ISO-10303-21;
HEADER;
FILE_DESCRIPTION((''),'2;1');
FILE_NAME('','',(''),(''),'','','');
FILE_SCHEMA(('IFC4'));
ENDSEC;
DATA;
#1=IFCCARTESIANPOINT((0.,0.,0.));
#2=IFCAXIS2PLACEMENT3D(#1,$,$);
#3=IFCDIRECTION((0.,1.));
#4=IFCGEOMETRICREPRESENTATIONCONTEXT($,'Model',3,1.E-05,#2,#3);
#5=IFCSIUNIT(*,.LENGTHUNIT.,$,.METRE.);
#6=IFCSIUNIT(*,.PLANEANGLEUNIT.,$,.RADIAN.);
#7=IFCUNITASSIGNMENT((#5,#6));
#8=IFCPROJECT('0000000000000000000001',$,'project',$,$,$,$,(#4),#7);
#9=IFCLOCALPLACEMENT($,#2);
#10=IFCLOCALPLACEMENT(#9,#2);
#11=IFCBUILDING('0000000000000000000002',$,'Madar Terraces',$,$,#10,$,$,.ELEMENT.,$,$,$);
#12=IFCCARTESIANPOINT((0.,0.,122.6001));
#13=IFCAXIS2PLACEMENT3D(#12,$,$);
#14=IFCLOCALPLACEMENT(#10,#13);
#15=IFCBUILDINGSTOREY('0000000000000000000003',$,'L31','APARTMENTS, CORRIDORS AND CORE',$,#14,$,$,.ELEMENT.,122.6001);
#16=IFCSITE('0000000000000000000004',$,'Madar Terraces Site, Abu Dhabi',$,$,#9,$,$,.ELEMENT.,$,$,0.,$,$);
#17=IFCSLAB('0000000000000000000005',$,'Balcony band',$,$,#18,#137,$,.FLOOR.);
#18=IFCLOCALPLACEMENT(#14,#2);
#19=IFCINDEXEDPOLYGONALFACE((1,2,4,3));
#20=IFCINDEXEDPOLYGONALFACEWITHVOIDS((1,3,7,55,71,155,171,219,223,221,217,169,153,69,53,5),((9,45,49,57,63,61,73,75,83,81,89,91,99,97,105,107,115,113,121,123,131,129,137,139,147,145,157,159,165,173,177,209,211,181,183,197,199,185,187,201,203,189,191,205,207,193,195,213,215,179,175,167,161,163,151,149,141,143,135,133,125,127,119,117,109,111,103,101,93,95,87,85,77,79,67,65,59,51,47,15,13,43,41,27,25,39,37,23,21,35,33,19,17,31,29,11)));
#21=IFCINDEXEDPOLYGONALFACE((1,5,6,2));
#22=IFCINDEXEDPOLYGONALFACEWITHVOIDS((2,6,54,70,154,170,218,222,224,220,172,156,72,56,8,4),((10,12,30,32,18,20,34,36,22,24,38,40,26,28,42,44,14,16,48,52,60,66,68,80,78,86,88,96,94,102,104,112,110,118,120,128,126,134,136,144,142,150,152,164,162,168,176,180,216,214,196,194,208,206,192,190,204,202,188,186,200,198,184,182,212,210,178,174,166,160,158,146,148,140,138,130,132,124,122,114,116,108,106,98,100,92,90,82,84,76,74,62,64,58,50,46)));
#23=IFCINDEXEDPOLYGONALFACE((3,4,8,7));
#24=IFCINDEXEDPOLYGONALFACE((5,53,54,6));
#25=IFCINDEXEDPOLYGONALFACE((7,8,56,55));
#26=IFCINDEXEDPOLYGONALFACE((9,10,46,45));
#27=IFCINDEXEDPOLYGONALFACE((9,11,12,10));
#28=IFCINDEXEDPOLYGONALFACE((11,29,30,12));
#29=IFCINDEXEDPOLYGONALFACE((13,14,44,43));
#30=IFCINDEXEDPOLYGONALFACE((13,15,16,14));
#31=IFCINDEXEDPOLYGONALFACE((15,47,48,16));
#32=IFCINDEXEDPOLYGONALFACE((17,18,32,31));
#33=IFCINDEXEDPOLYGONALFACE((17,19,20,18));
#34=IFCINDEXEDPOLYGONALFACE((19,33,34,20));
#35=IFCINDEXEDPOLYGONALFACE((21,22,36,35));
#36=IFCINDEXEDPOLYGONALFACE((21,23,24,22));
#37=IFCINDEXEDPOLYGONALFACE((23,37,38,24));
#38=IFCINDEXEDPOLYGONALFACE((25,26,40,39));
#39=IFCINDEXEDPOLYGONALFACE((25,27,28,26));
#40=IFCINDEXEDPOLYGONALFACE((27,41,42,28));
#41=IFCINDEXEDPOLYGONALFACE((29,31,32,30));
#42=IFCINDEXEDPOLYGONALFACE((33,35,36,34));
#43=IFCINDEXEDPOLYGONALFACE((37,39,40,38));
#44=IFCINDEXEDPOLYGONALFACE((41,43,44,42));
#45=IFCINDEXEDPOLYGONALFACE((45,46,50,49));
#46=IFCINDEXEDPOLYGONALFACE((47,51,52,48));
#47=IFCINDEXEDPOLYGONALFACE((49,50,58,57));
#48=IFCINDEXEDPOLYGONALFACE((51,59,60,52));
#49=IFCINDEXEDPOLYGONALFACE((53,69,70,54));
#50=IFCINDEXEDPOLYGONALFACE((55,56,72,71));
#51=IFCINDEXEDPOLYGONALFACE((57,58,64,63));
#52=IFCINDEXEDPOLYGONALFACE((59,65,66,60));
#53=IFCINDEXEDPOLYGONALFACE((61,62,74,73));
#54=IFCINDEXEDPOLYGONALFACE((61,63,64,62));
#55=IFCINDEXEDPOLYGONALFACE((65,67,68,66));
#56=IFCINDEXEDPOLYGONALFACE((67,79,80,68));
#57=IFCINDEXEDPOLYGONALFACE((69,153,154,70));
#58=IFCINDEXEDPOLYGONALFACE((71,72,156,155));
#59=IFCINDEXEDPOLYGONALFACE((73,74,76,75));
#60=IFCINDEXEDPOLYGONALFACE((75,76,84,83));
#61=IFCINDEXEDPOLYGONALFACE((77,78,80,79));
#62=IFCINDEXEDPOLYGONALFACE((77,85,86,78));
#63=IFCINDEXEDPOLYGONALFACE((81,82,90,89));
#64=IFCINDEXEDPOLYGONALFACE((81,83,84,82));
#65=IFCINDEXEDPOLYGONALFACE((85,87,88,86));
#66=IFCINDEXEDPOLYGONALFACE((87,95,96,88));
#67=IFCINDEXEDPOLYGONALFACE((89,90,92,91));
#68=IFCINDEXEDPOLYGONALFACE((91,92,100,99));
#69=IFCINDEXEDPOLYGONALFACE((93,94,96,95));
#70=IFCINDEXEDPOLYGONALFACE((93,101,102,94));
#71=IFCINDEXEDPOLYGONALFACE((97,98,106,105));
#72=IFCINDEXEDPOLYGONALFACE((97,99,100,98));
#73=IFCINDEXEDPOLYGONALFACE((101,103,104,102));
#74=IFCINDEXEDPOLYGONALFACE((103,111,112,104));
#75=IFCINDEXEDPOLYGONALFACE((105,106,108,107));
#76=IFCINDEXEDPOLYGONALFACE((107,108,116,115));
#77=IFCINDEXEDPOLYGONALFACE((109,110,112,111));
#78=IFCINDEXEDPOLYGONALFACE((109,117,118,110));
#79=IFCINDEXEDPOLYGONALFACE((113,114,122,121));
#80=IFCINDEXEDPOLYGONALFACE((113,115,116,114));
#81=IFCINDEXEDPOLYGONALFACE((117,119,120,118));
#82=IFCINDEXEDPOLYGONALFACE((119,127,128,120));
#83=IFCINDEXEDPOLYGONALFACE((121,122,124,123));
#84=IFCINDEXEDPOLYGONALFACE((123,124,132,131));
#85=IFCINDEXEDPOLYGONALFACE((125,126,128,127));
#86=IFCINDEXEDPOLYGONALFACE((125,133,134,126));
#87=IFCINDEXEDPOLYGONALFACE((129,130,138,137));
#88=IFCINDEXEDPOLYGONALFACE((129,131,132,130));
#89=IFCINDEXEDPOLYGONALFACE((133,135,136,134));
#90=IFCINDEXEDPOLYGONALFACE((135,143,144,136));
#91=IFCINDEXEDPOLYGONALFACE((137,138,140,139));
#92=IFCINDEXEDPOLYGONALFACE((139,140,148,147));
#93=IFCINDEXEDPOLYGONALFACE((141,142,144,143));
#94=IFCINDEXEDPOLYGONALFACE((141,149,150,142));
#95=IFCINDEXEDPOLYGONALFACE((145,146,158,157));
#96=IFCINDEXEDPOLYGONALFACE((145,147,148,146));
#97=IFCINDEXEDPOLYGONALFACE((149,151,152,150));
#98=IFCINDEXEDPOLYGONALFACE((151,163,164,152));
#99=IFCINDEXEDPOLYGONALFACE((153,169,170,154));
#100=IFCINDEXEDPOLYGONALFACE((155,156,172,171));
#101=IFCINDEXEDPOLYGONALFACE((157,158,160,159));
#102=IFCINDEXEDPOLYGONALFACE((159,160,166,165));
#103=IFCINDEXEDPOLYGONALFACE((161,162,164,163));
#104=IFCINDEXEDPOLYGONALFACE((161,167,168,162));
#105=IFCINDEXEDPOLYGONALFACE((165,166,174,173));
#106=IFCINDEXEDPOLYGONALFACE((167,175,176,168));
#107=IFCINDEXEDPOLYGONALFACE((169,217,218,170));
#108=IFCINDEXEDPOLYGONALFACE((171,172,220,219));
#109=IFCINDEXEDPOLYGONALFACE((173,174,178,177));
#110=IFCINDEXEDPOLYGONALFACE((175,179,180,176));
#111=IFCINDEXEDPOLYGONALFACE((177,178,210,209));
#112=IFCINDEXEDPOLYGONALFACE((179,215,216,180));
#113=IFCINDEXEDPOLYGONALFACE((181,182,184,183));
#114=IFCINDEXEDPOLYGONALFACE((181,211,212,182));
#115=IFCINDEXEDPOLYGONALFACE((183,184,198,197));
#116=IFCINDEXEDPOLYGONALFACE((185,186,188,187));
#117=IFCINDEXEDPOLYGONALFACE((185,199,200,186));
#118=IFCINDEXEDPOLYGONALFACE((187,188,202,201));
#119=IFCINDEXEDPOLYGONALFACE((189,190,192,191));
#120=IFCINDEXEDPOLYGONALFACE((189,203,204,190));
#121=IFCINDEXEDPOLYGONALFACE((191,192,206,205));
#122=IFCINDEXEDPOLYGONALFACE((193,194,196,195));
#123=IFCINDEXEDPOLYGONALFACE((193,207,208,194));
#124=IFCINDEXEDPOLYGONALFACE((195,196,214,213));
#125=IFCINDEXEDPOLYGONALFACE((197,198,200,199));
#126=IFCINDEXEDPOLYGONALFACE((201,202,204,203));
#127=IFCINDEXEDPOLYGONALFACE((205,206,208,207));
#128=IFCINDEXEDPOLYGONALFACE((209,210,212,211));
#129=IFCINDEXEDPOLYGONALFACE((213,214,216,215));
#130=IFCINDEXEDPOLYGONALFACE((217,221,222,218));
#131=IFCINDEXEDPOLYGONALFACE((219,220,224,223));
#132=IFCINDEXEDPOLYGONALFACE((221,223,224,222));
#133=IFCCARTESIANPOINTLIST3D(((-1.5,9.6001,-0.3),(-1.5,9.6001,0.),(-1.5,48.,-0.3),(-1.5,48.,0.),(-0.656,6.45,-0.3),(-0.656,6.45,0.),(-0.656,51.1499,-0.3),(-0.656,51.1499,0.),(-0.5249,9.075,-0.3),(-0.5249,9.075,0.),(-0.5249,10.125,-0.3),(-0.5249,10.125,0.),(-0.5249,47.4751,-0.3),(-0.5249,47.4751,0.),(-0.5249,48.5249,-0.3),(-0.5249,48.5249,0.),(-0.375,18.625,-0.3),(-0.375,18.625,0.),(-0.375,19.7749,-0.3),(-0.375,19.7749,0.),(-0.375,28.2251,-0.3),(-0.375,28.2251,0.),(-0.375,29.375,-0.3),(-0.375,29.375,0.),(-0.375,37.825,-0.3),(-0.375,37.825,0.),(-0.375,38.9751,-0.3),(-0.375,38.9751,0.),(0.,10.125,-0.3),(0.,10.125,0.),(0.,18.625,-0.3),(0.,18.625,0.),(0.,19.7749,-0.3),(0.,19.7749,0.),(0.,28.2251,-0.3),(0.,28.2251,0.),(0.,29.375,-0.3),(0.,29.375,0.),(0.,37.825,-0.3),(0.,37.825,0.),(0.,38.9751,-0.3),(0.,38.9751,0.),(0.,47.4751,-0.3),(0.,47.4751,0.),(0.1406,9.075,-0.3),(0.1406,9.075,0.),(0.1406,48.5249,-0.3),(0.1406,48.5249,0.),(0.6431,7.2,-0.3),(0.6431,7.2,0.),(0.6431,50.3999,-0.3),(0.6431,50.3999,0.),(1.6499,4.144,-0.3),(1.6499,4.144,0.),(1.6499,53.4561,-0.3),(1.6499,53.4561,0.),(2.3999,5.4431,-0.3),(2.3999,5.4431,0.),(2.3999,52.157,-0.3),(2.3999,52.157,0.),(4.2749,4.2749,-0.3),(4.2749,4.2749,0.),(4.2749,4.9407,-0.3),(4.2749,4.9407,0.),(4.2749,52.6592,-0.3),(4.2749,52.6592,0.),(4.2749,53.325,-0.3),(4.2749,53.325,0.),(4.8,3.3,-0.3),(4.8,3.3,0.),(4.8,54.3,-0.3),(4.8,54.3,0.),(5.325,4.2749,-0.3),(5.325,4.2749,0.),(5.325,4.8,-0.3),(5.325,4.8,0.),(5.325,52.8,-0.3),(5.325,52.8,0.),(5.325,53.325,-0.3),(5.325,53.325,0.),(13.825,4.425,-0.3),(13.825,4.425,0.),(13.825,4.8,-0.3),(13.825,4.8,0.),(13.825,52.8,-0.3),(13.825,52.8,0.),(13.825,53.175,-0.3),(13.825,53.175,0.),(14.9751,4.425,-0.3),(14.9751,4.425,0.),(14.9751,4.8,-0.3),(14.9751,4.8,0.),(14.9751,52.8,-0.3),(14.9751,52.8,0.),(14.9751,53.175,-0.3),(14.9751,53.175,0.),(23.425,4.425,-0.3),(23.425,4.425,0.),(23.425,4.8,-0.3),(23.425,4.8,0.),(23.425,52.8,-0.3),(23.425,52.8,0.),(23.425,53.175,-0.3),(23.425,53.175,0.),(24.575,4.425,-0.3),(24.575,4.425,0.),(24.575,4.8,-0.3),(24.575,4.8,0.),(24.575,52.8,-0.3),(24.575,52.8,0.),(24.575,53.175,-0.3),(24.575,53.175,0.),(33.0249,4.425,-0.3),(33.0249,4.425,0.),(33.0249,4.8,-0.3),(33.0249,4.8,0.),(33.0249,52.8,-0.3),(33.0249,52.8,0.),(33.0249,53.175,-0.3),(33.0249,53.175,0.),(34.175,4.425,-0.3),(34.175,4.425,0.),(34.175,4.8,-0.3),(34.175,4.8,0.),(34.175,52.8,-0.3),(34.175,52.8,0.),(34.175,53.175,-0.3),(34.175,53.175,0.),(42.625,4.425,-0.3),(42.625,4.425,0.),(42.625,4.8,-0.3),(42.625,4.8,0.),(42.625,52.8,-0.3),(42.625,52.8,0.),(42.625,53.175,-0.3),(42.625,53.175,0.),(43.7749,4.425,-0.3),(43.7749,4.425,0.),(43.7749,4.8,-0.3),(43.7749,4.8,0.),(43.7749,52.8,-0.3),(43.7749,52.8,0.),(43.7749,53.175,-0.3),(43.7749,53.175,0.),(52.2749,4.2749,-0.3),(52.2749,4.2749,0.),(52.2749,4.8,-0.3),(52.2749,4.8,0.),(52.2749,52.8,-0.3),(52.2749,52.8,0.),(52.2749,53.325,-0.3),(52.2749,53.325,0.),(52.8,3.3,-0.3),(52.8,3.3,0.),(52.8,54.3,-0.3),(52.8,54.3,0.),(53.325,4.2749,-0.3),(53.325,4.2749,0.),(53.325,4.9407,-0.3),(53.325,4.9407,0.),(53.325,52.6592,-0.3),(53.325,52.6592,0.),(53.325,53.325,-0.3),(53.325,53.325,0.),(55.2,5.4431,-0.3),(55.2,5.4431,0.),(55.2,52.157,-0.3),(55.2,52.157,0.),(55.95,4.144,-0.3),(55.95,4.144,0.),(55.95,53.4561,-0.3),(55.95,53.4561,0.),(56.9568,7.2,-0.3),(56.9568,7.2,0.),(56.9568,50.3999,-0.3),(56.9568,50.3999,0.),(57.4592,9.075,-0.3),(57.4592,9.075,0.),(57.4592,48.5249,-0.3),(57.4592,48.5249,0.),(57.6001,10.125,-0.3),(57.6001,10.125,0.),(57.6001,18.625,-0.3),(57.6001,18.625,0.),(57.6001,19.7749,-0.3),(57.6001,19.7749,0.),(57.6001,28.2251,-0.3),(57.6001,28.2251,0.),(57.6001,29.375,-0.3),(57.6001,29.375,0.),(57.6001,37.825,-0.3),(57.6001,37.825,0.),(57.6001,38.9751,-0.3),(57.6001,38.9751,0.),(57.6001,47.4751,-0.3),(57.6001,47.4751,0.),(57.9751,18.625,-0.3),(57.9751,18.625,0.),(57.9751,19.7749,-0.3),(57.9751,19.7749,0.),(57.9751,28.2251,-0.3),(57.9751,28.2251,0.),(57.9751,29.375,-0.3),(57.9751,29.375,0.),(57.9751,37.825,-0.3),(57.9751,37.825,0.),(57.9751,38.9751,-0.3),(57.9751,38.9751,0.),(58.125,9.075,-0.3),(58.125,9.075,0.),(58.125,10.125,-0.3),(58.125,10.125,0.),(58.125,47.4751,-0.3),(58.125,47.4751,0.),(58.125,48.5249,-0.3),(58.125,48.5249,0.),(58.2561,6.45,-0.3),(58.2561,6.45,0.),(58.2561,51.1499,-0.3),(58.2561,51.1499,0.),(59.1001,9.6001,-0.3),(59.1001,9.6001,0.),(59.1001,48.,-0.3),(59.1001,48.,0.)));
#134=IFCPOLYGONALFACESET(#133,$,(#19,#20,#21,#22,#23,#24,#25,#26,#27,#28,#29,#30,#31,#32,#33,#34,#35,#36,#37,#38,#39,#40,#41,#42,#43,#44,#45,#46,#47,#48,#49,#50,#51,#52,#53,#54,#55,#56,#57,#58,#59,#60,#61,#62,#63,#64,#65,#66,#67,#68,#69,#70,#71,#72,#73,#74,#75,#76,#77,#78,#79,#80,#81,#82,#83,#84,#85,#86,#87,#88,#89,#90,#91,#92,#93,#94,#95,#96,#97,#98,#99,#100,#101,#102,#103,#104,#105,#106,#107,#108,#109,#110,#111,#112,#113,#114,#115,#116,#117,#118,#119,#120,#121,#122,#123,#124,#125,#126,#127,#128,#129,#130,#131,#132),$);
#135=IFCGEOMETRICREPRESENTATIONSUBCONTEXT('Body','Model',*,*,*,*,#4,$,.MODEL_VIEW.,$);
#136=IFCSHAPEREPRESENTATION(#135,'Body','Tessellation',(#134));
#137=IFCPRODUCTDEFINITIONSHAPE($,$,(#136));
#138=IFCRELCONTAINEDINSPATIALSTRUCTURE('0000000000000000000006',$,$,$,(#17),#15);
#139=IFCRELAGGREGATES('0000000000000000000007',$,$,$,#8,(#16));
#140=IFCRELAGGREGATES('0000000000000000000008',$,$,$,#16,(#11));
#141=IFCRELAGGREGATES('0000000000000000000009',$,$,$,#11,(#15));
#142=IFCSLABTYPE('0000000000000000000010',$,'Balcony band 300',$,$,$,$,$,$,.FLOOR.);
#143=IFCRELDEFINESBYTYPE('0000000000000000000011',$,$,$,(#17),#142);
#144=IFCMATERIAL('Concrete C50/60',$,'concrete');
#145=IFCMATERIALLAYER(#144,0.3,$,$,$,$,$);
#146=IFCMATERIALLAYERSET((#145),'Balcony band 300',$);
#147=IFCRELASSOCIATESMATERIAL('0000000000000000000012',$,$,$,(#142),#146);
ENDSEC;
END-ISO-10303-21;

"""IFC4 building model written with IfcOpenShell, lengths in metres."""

from ifc_helpers import new_model, si_unit, direction, frame, origin, place, context, subcontext, project, spatial, polyline, outline, extrude, material, layer, layer_set, type_object, element, save


model = new_model("IFC4")

# Units and contexts
model_context = context("Model", 3, precision=1e-05, world=origin(), true_north=direction((0.0, 1.0)))
body_context = subcontext(model_context, "Body", "Model", "MODEL_VIEW")
ifc_project = project(units=[si_unit("LENGTHUNIT", "METRE"), si_unit("PLANEANGLEUNIT", "RADIAN")], contexts=[model_context])

# Site, building, storey
site_placement = place(None, origin())
site = spatial("IfcSite", under=ifc_project, at=site_placement, Name="Madar Terraces Site, Abu Dhabi", CompositionType="ELEMENT", RefElevation=0.0)
building_placement = place(site_placement, origin())
building = spatial("IfcBuilding", under=site, at=building_placement, Name="Madar Terraces", CompositionType="ELEMENT")
storey_placement = place(building_placement, frame((0.0, 0.0, 122.6001)))
storey = spatial("IfcBuildingStorey", under=building, at=storey_placement, Name="L31", Description="APARTMENTS, CORRIDORS AND CORE", CompositionType="ELEMENT", Elevation=122.6001)

# Slab
ifc_material_1 = material(Name="Concrete C50/60", Category="concrete")
ifc_layer_1 = layer(ifc_material_1, 0.3)
ifc_layer_set_1 = layer_set([ifc_layer_1], Name="Balcony band 300")
slab_type_1 = type_object("IfcSlabType", Name="Balcony band 300", PredefinedType="FLOOR", material=ifc_layer_set_1)
slab_1_placement = place(storey_placement, frame((0.0, 0.0, -0.3)))
element("IfcSlab", 1, at=slab_1_placement, inside=storey, type_object=slab_type_1, Name="Balcony band", PredefinedType="FLOOR", context=body_context, shape_type="SweptSolid", body=[
    extrude(outline(polyline([(4.8, 3.3), (1.6499, 4.144), (-0.656, 6.45), (-1.5, 9.6001), (-1.5, 48.0), (-0.656, 51.1499), (1.6499, 53.4561), (4.8, 54.3), (52.8, 54.3), (55.95, 53.4561), (58.2561, 51.1499), (59.1001, 48.0), (59.1001, 9.6001), (58.2561, 6.45), (55.95, 4.144), (52.8, 3.3), (4.8, 3.3)]), holes=[polyline([(5.325, 4.2749), (5.325, 4.8), (13.825, 4.8), (13.825, 4.425), (14.9751, 4.425), (14.9751, 4.8), (23.425, 4.8), (23.425, 4.425), (24.575, 4.425), (24.575, 4.8), (33.0249, 4.8), (33.0249, 4.425), (34.175, 4.425), (34.175, 4.8), (42.625, 4.8), (42.625, 4.425), (43.7749, 4.425), (43.7749, 4.8), (52.2749, 4.8), (52.2749, 4.2749), (53.325, 4.2749), (53.325, 4.9407), (55.2, 5.4431), (56.9568, 7.2), (57.4592, 9.075), (58.125, 9.075), (58.125, 10.125), (57.6001, 10.125), (57.6001, 18.625), (57.9751, 18.625), (57.9751, 19.7749), (57.6001, 19.7749), (57.6001, 28.2251), (57.9751, 28.2251), (57.9751, 29.375), (57.6001, 29.375), (57.6001, 37.825), (57.9751, 37.825), (57.9751, 38.9751), (57.6001, 38.9751), (57.6001, 47.4751), (58.125, 47.4751), (58.125, 48.5249), (57.4592, 48.5249), (56.9568, 50.3999), (55.2, 52.157), (53.325, 52.6592), (53.325, 53.325), (52.2749, 53.325), (52.2749, 52.8), (43.7749, 52.8), (43.7749, 53.175), (42.625, 53.175), (42.625, 52.8), (34.175, 52.8), (34.175, 53.175), (33.0249, 53.175), (33.0249, 52.8), (24.575, 52.8), (24.575, 53.175), (23.425, 53.175), (23.425, 52.8), (14.9751, 52.8), (14.9751, 53.175), (13.825, 53.175), (13.825, 52.8), (5.325, 52.8), (5.325, 53.325), (4.2749, 53.325), (4.2749, 52.6592), (2.3999, 52.157), (0.6431, 50.3999), (0.1406, 48.5249), (-0.5249, 48.5249), (-0.5249, 47.4751), (0.0, 47.4751), (0.0, 38.9751), (-0.375, 38.9751), (-0.375, 37.825), (0.0, 37.825), (0.0, 29.375), (-0.375, 29.375), (-0.375, 28.2251), (0.0, 28.2251), (0.0, 19.7749), (-0.375, 19.7749), (-0.375, 18.625), (0.0, 18.625), (0.0, 10.125), (-0.5249, 10.125), (-0.5249, 9.075), (0.1406, 9.075), (0.6431, 7.2), (2.3999, 5.4431), (4.2749, 4.9407), (4.2749, 4.2749), (5.325, 4.2749)])]), origin(), (0.0, 0.0, 1.0), 0.3),
])

save(model, "model.ifc")
